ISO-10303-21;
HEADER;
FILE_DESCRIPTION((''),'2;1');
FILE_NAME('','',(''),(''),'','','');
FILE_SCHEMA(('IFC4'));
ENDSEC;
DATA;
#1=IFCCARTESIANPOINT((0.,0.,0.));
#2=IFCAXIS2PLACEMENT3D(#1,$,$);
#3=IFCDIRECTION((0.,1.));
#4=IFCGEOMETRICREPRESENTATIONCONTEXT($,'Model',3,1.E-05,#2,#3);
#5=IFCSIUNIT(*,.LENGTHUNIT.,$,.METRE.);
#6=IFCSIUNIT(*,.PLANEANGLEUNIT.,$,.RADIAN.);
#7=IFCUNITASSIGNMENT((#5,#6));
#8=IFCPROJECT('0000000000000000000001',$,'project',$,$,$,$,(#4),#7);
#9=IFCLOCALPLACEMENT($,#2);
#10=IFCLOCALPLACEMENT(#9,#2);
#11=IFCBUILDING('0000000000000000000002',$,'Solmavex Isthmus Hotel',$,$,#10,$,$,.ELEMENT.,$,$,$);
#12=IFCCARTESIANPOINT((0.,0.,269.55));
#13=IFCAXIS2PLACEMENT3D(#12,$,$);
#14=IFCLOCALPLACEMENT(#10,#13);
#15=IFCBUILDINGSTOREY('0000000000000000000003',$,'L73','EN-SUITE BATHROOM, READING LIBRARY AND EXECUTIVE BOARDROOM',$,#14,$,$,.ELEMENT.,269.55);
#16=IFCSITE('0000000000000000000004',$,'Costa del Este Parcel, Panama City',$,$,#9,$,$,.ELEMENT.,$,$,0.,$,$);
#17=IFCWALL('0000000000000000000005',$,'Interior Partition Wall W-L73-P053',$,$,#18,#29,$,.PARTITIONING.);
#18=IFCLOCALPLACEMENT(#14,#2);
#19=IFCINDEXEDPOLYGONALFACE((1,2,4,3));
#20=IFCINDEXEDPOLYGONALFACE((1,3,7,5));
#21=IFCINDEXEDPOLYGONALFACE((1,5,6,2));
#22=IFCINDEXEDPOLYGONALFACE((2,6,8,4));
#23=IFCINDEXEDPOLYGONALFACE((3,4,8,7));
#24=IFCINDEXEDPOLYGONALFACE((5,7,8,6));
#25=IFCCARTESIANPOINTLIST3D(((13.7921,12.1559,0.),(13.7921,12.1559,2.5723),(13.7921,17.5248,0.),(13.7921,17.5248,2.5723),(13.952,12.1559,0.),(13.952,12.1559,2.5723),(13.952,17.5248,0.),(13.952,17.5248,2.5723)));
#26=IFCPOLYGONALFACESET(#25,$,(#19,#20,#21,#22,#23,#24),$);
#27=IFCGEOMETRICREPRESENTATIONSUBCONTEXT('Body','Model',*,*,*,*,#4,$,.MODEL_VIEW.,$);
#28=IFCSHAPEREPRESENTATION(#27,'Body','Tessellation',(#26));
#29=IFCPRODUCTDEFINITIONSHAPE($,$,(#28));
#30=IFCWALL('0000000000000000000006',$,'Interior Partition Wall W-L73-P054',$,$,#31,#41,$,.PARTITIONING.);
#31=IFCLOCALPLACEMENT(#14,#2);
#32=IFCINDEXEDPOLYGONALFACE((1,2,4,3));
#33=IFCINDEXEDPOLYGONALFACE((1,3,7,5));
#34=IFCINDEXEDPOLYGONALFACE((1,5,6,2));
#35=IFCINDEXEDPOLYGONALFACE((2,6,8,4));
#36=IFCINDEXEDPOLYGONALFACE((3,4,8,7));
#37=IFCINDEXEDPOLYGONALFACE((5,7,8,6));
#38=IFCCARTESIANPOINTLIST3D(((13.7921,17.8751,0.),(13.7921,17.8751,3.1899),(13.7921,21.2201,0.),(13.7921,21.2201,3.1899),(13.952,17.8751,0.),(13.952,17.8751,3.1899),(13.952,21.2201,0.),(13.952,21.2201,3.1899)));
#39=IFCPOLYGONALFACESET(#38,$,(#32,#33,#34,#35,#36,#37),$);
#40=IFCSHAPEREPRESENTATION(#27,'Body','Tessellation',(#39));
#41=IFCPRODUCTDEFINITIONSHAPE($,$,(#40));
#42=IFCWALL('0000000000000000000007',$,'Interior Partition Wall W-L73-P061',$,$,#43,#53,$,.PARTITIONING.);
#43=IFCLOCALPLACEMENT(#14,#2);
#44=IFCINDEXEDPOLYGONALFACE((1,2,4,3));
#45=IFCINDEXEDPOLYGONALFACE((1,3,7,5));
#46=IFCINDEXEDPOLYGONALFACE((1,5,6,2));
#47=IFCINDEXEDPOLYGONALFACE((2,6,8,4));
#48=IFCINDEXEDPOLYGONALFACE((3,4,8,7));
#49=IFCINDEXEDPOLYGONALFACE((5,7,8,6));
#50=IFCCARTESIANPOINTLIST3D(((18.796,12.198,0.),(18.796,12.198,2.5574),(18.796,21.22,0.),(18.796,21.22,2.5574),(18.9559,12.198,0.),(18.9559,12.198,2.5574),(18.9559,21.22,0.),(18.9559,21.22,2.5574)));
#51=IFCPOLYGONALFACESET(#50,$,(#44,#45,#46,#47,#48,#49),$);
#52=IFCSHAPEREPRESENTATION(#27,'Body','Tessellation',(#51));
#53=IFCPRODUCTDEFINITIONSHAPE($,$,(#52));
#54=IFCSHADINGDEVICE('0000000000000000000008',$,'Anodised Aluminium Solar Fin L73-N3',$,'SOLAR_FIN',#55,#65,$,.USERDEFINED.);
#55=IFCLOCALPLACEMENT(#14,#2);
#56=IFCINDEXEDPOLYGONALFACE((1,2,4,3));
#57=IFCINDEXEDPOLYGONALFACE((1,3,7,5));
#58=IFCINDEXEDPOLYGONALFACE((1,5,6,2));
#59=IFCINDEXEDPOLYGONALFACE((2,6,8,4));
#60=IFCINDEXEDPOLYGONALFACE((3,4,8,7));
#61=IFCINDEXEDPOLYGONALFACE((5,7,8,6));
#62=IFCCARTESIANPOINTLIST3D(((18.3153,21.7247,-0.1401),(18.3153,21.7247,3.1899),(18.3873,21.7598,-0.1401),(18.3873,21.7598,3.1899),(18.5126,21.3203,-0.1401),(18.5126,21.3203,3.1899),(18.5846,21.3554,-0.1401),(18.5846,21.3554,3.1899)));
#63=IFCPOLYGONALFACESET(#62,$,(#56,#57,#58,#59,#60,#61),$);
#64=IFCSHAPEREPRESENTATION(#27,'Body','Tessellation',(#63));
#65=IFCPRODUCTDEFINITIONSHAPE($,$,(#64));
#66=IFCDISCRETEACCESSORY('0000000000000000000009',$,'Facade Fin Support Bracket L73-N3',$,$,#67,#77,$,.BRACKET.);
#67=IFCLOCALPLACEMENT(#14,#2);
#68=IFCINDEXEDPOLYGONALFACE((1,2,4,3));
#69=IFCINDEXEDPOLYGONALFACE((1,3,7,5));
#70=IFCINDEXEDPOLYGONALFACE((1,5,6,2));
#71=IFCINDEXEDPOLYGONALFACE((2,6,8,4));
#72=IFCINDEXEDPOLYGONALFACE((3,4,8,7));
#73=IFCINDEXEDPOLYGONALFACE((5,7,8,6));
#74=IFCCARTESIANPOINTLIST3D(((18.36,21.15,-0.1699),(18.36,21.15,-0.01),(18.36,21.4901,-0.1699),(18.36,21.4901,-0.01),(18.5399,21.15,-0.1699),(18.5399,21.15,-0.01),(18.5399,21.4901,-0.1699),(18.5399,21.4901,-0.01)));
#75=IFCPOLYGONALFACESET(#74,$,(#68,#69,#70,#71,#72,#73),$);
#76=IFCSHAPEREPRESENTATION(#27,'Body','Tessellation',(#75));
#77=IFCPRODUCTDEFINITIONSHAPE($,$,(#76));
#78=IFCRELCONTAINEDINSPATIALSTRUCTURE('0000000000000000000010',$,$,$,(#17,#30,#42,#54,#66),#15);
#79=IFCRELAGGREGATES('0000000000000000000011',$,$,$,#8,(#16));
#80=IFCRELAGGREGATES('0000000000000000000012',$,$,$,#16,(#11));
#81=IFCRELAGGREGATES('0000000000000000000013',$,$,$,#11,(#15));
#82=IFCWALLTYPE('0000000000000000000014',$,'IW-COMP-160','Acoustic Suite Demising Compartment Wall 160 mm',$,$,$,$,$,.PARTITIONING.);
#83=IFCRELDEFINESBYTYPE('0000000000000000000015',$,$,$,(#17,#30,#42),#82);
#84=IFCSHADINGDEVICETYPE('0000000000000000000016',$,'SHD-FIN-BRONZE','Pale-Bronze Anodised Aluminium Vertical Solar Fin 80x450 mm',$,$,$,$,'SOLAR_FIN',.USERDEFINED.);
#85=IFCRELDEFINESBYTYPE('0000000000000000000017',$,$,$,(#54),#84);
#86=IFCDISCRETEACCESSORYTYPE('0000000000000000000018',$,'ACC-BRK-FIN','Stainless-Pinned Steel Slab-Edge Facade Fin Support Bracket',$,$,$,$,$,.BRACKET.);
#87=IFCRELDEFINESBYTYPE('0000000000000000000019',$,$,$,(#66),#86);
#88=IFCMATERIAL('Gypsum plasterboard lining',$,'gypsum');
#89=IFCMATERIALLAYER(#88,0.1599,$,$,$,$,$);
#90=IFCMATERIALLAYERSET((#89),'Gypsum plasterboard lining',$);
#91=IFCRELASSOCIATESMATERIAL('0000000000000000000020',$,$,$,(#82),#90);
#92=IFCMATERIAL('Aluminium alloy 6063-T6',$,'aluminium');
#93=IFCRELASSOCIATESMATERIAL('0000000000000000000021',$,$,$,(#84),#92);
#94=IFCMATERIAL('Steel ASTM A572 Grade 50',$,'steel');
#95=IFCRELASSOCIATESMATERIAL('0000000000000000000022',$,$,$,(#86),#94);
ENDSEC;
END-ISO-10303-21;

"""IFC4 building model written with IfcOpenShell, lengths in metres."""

from ifc_helpers import new_model, si_unit, direction, frame, frame_2d, origin, origin_2d, place, context, subcontext, project, spatial, rectangle, extrude, material, layer, layer_set, type_object, element, save


model = new_model("IFC4")

# Units and contexts
model_context = context("Model", 3, precision=1e-05, world=origin(), true_north=direction((0.0, 1.0)))
body_context = subcontext(model_context, "Body", "Model", "MODEL_VIEW")
ifc_project = project(units=[si_unit("LENGTHUNIT", "METRE"), si_unit("PLANEANGLEUNIT", "RADIAN")], contexts=[model_context])

# Site, building, storey
site_placement = place(None, origin())
site = spatial("IfcSite", under=ifc_project, at=site_placement, Name="Costa del Este Parcel, Panama City", CompositionType="ELEMENT", RefElevation=0.0)
building_placement = place(site_placement, origin())
building = spatial("IfcBuilding", under=site, at=building_placement, Name="Solmavex Isthmus Hotel", CompositionType="ELEMENT")
storey_placement = place(building_placement, frame((0.0, 0.0, 269.55)))
storey = spatial("IfcBuildingStorey", under=building, at=storey_placement, Name="L73", Description="EN-SUITE BATHROOM, READING LIBRARY AND EXECUTIVE BOARDROOM", CompositionType="ELEMENT", Elevation=269.55)

# Shared definitions
ifc_material_1 = material(Name="Aluminium alloy 6063-T6", Category="aluminium")

# Walls
ifc_material_2 = material(Name="Gypsum plasterboard lining", Category="gypsum")
ifc_layer_1 = layer(ifc_material_2, 0.1599)
ifc_layer_set_1 = layer_set([ifc_layer_1], Name="Gypsum plasterboard lining")
wall_type_1 = type_object("IfcWallType", Name="IW-COMP-160", Description="Acoustic Suite Demising Compartment Wall 160 mm", PredefinedType="PARTITIONING", material=ifc_layer_set_1)
wall_1_placement = place(storey_placement, frame((13.8721, 17.5249, 0.0), z_axis=(0.0, 0.0, 1.0), x_axis=(0.0, -1.0, 0.0)))
element("IfcWall", 1, at=wall_1_placement, inside=storey, type_object=wall_type_1, Name="Interior Partition Wall W-L73-P053", PredefinedType="PARTITIONING", context=body_context, shape_type="SweptSolid", body=[
    extrude(rectangle(XDim=5.3689, YDim=0.1599, at=frame_2d((2.6846, 0.0))), origin(), (0.0, 0.0, 1.0), 2.5723),
])
wall_2_placement = place(storey_placement, frame((13.8721, 21.22, 0.0), z_axis=(0.0, 0.0, 1.0), x_axis=(0.0, -1.0, 0.0)))
element("IfcWall", 2, at=wall_2_placement, inside=storey, type_object=wall_type_1, Name="Interior Partition Wall W-L73-P054", PredefinedType="PARTITIONING", context=body_context, shape_type="SweptSolid", body=[
    extrude(rectangle(XDim=3.345, YDim=0.1599, at=frame_2d((1.6724, 0.0))), origin(), (0.0, 0.0, 1.0), 3.1899),
])
wall_3_placement = place(storey_placement, frame((18.876, 21.22, 0.0), z_axis=(0.0, 0.0, 1.0), x_axis=(0.0, -1.0, 0.0)))
element("IfcWall", 3, at=wall_3_placement, inside=storey, type_object=wall_type_1, Name="Interior Partition Wall W-L73-P061", PredefinedType="PARTITIONING", context=body_context, shape_type="SweptSolid", body=[
    extrude(rectangle(XDim=9.022, YDim=0.1599, at=frame_2d((4.511, 0.0))), origin(), (0.0, 0.0, 1.0), 2.5574),
])

# Shading device
shading_device_type = type_object("IfcShadingDeviceType", Name="SHD-FIN-BRONZE", Description="Pale-Bronze Anodised Aluminium Vertical Solar Fin 80x450 mm", ElementType="SOLAR_FIN", PredefinedType="USERDEFINED", material=ifc_material_1)
shading_device_placement = place(storey_placement, frame((18.45, 21.54, -0.1401), z_axis=(0.0, 0.0, 1.0), x_axis=(-0.438371, 0.898794, 0.0)))
element("IfcShadingDevice", 4, at=shading_device_placement, inside=storey, type_object=shading_device_type, Name="Anodised Aluminium Solar Fin L73-N3", ObjectType="SOLAR_FIN", PredefinedType="USERDEFINED", context=body_context, shape_type="SweptSolid", body=[
    extrude(rectangle(XDim=0.45, YDim=0.0801, at=origin_2d()), origin(), (0.0, 0.0, 1.0), 3.3301),
])

# Discrete accessory
ifc_material_3 = material(Name="Steel ASTM A572 Grade 50", Category="steel")
discrete_accessory_type = type_object("IfcDiscreteAccessoryType", Name="ACC-BRK-FIN", Description="Stainless-Pinned Steel Slab-Edge Facade Fin Support Bracket", PredefinedType="BRACKET", material=ifc_material_3)
discrete_accessory_placement = place(storey_placement, frame((18.45, 21.3201, -0.1699), z_axis=(0.0, 0.0, 1.0), x_axis=(0.0, 1.0, 0.0)))
element("IfcDiscreteAccessory", 5, at=discrete_accessory_placement, inside=storey, type_object=discrete_accessory_type, Name="Facade Fin Support Bracket L73-N3", PredefinedType="BRACKET", context=body_context, shape_type="SweptSolid", body=[
    extrude(rectangle(XDim=0.3401, YDim=0.1799, at=origin_2d()), origin(), (0.0, 0.0, 1.0), 0.1599),
])

save(model, "model.ifc")
